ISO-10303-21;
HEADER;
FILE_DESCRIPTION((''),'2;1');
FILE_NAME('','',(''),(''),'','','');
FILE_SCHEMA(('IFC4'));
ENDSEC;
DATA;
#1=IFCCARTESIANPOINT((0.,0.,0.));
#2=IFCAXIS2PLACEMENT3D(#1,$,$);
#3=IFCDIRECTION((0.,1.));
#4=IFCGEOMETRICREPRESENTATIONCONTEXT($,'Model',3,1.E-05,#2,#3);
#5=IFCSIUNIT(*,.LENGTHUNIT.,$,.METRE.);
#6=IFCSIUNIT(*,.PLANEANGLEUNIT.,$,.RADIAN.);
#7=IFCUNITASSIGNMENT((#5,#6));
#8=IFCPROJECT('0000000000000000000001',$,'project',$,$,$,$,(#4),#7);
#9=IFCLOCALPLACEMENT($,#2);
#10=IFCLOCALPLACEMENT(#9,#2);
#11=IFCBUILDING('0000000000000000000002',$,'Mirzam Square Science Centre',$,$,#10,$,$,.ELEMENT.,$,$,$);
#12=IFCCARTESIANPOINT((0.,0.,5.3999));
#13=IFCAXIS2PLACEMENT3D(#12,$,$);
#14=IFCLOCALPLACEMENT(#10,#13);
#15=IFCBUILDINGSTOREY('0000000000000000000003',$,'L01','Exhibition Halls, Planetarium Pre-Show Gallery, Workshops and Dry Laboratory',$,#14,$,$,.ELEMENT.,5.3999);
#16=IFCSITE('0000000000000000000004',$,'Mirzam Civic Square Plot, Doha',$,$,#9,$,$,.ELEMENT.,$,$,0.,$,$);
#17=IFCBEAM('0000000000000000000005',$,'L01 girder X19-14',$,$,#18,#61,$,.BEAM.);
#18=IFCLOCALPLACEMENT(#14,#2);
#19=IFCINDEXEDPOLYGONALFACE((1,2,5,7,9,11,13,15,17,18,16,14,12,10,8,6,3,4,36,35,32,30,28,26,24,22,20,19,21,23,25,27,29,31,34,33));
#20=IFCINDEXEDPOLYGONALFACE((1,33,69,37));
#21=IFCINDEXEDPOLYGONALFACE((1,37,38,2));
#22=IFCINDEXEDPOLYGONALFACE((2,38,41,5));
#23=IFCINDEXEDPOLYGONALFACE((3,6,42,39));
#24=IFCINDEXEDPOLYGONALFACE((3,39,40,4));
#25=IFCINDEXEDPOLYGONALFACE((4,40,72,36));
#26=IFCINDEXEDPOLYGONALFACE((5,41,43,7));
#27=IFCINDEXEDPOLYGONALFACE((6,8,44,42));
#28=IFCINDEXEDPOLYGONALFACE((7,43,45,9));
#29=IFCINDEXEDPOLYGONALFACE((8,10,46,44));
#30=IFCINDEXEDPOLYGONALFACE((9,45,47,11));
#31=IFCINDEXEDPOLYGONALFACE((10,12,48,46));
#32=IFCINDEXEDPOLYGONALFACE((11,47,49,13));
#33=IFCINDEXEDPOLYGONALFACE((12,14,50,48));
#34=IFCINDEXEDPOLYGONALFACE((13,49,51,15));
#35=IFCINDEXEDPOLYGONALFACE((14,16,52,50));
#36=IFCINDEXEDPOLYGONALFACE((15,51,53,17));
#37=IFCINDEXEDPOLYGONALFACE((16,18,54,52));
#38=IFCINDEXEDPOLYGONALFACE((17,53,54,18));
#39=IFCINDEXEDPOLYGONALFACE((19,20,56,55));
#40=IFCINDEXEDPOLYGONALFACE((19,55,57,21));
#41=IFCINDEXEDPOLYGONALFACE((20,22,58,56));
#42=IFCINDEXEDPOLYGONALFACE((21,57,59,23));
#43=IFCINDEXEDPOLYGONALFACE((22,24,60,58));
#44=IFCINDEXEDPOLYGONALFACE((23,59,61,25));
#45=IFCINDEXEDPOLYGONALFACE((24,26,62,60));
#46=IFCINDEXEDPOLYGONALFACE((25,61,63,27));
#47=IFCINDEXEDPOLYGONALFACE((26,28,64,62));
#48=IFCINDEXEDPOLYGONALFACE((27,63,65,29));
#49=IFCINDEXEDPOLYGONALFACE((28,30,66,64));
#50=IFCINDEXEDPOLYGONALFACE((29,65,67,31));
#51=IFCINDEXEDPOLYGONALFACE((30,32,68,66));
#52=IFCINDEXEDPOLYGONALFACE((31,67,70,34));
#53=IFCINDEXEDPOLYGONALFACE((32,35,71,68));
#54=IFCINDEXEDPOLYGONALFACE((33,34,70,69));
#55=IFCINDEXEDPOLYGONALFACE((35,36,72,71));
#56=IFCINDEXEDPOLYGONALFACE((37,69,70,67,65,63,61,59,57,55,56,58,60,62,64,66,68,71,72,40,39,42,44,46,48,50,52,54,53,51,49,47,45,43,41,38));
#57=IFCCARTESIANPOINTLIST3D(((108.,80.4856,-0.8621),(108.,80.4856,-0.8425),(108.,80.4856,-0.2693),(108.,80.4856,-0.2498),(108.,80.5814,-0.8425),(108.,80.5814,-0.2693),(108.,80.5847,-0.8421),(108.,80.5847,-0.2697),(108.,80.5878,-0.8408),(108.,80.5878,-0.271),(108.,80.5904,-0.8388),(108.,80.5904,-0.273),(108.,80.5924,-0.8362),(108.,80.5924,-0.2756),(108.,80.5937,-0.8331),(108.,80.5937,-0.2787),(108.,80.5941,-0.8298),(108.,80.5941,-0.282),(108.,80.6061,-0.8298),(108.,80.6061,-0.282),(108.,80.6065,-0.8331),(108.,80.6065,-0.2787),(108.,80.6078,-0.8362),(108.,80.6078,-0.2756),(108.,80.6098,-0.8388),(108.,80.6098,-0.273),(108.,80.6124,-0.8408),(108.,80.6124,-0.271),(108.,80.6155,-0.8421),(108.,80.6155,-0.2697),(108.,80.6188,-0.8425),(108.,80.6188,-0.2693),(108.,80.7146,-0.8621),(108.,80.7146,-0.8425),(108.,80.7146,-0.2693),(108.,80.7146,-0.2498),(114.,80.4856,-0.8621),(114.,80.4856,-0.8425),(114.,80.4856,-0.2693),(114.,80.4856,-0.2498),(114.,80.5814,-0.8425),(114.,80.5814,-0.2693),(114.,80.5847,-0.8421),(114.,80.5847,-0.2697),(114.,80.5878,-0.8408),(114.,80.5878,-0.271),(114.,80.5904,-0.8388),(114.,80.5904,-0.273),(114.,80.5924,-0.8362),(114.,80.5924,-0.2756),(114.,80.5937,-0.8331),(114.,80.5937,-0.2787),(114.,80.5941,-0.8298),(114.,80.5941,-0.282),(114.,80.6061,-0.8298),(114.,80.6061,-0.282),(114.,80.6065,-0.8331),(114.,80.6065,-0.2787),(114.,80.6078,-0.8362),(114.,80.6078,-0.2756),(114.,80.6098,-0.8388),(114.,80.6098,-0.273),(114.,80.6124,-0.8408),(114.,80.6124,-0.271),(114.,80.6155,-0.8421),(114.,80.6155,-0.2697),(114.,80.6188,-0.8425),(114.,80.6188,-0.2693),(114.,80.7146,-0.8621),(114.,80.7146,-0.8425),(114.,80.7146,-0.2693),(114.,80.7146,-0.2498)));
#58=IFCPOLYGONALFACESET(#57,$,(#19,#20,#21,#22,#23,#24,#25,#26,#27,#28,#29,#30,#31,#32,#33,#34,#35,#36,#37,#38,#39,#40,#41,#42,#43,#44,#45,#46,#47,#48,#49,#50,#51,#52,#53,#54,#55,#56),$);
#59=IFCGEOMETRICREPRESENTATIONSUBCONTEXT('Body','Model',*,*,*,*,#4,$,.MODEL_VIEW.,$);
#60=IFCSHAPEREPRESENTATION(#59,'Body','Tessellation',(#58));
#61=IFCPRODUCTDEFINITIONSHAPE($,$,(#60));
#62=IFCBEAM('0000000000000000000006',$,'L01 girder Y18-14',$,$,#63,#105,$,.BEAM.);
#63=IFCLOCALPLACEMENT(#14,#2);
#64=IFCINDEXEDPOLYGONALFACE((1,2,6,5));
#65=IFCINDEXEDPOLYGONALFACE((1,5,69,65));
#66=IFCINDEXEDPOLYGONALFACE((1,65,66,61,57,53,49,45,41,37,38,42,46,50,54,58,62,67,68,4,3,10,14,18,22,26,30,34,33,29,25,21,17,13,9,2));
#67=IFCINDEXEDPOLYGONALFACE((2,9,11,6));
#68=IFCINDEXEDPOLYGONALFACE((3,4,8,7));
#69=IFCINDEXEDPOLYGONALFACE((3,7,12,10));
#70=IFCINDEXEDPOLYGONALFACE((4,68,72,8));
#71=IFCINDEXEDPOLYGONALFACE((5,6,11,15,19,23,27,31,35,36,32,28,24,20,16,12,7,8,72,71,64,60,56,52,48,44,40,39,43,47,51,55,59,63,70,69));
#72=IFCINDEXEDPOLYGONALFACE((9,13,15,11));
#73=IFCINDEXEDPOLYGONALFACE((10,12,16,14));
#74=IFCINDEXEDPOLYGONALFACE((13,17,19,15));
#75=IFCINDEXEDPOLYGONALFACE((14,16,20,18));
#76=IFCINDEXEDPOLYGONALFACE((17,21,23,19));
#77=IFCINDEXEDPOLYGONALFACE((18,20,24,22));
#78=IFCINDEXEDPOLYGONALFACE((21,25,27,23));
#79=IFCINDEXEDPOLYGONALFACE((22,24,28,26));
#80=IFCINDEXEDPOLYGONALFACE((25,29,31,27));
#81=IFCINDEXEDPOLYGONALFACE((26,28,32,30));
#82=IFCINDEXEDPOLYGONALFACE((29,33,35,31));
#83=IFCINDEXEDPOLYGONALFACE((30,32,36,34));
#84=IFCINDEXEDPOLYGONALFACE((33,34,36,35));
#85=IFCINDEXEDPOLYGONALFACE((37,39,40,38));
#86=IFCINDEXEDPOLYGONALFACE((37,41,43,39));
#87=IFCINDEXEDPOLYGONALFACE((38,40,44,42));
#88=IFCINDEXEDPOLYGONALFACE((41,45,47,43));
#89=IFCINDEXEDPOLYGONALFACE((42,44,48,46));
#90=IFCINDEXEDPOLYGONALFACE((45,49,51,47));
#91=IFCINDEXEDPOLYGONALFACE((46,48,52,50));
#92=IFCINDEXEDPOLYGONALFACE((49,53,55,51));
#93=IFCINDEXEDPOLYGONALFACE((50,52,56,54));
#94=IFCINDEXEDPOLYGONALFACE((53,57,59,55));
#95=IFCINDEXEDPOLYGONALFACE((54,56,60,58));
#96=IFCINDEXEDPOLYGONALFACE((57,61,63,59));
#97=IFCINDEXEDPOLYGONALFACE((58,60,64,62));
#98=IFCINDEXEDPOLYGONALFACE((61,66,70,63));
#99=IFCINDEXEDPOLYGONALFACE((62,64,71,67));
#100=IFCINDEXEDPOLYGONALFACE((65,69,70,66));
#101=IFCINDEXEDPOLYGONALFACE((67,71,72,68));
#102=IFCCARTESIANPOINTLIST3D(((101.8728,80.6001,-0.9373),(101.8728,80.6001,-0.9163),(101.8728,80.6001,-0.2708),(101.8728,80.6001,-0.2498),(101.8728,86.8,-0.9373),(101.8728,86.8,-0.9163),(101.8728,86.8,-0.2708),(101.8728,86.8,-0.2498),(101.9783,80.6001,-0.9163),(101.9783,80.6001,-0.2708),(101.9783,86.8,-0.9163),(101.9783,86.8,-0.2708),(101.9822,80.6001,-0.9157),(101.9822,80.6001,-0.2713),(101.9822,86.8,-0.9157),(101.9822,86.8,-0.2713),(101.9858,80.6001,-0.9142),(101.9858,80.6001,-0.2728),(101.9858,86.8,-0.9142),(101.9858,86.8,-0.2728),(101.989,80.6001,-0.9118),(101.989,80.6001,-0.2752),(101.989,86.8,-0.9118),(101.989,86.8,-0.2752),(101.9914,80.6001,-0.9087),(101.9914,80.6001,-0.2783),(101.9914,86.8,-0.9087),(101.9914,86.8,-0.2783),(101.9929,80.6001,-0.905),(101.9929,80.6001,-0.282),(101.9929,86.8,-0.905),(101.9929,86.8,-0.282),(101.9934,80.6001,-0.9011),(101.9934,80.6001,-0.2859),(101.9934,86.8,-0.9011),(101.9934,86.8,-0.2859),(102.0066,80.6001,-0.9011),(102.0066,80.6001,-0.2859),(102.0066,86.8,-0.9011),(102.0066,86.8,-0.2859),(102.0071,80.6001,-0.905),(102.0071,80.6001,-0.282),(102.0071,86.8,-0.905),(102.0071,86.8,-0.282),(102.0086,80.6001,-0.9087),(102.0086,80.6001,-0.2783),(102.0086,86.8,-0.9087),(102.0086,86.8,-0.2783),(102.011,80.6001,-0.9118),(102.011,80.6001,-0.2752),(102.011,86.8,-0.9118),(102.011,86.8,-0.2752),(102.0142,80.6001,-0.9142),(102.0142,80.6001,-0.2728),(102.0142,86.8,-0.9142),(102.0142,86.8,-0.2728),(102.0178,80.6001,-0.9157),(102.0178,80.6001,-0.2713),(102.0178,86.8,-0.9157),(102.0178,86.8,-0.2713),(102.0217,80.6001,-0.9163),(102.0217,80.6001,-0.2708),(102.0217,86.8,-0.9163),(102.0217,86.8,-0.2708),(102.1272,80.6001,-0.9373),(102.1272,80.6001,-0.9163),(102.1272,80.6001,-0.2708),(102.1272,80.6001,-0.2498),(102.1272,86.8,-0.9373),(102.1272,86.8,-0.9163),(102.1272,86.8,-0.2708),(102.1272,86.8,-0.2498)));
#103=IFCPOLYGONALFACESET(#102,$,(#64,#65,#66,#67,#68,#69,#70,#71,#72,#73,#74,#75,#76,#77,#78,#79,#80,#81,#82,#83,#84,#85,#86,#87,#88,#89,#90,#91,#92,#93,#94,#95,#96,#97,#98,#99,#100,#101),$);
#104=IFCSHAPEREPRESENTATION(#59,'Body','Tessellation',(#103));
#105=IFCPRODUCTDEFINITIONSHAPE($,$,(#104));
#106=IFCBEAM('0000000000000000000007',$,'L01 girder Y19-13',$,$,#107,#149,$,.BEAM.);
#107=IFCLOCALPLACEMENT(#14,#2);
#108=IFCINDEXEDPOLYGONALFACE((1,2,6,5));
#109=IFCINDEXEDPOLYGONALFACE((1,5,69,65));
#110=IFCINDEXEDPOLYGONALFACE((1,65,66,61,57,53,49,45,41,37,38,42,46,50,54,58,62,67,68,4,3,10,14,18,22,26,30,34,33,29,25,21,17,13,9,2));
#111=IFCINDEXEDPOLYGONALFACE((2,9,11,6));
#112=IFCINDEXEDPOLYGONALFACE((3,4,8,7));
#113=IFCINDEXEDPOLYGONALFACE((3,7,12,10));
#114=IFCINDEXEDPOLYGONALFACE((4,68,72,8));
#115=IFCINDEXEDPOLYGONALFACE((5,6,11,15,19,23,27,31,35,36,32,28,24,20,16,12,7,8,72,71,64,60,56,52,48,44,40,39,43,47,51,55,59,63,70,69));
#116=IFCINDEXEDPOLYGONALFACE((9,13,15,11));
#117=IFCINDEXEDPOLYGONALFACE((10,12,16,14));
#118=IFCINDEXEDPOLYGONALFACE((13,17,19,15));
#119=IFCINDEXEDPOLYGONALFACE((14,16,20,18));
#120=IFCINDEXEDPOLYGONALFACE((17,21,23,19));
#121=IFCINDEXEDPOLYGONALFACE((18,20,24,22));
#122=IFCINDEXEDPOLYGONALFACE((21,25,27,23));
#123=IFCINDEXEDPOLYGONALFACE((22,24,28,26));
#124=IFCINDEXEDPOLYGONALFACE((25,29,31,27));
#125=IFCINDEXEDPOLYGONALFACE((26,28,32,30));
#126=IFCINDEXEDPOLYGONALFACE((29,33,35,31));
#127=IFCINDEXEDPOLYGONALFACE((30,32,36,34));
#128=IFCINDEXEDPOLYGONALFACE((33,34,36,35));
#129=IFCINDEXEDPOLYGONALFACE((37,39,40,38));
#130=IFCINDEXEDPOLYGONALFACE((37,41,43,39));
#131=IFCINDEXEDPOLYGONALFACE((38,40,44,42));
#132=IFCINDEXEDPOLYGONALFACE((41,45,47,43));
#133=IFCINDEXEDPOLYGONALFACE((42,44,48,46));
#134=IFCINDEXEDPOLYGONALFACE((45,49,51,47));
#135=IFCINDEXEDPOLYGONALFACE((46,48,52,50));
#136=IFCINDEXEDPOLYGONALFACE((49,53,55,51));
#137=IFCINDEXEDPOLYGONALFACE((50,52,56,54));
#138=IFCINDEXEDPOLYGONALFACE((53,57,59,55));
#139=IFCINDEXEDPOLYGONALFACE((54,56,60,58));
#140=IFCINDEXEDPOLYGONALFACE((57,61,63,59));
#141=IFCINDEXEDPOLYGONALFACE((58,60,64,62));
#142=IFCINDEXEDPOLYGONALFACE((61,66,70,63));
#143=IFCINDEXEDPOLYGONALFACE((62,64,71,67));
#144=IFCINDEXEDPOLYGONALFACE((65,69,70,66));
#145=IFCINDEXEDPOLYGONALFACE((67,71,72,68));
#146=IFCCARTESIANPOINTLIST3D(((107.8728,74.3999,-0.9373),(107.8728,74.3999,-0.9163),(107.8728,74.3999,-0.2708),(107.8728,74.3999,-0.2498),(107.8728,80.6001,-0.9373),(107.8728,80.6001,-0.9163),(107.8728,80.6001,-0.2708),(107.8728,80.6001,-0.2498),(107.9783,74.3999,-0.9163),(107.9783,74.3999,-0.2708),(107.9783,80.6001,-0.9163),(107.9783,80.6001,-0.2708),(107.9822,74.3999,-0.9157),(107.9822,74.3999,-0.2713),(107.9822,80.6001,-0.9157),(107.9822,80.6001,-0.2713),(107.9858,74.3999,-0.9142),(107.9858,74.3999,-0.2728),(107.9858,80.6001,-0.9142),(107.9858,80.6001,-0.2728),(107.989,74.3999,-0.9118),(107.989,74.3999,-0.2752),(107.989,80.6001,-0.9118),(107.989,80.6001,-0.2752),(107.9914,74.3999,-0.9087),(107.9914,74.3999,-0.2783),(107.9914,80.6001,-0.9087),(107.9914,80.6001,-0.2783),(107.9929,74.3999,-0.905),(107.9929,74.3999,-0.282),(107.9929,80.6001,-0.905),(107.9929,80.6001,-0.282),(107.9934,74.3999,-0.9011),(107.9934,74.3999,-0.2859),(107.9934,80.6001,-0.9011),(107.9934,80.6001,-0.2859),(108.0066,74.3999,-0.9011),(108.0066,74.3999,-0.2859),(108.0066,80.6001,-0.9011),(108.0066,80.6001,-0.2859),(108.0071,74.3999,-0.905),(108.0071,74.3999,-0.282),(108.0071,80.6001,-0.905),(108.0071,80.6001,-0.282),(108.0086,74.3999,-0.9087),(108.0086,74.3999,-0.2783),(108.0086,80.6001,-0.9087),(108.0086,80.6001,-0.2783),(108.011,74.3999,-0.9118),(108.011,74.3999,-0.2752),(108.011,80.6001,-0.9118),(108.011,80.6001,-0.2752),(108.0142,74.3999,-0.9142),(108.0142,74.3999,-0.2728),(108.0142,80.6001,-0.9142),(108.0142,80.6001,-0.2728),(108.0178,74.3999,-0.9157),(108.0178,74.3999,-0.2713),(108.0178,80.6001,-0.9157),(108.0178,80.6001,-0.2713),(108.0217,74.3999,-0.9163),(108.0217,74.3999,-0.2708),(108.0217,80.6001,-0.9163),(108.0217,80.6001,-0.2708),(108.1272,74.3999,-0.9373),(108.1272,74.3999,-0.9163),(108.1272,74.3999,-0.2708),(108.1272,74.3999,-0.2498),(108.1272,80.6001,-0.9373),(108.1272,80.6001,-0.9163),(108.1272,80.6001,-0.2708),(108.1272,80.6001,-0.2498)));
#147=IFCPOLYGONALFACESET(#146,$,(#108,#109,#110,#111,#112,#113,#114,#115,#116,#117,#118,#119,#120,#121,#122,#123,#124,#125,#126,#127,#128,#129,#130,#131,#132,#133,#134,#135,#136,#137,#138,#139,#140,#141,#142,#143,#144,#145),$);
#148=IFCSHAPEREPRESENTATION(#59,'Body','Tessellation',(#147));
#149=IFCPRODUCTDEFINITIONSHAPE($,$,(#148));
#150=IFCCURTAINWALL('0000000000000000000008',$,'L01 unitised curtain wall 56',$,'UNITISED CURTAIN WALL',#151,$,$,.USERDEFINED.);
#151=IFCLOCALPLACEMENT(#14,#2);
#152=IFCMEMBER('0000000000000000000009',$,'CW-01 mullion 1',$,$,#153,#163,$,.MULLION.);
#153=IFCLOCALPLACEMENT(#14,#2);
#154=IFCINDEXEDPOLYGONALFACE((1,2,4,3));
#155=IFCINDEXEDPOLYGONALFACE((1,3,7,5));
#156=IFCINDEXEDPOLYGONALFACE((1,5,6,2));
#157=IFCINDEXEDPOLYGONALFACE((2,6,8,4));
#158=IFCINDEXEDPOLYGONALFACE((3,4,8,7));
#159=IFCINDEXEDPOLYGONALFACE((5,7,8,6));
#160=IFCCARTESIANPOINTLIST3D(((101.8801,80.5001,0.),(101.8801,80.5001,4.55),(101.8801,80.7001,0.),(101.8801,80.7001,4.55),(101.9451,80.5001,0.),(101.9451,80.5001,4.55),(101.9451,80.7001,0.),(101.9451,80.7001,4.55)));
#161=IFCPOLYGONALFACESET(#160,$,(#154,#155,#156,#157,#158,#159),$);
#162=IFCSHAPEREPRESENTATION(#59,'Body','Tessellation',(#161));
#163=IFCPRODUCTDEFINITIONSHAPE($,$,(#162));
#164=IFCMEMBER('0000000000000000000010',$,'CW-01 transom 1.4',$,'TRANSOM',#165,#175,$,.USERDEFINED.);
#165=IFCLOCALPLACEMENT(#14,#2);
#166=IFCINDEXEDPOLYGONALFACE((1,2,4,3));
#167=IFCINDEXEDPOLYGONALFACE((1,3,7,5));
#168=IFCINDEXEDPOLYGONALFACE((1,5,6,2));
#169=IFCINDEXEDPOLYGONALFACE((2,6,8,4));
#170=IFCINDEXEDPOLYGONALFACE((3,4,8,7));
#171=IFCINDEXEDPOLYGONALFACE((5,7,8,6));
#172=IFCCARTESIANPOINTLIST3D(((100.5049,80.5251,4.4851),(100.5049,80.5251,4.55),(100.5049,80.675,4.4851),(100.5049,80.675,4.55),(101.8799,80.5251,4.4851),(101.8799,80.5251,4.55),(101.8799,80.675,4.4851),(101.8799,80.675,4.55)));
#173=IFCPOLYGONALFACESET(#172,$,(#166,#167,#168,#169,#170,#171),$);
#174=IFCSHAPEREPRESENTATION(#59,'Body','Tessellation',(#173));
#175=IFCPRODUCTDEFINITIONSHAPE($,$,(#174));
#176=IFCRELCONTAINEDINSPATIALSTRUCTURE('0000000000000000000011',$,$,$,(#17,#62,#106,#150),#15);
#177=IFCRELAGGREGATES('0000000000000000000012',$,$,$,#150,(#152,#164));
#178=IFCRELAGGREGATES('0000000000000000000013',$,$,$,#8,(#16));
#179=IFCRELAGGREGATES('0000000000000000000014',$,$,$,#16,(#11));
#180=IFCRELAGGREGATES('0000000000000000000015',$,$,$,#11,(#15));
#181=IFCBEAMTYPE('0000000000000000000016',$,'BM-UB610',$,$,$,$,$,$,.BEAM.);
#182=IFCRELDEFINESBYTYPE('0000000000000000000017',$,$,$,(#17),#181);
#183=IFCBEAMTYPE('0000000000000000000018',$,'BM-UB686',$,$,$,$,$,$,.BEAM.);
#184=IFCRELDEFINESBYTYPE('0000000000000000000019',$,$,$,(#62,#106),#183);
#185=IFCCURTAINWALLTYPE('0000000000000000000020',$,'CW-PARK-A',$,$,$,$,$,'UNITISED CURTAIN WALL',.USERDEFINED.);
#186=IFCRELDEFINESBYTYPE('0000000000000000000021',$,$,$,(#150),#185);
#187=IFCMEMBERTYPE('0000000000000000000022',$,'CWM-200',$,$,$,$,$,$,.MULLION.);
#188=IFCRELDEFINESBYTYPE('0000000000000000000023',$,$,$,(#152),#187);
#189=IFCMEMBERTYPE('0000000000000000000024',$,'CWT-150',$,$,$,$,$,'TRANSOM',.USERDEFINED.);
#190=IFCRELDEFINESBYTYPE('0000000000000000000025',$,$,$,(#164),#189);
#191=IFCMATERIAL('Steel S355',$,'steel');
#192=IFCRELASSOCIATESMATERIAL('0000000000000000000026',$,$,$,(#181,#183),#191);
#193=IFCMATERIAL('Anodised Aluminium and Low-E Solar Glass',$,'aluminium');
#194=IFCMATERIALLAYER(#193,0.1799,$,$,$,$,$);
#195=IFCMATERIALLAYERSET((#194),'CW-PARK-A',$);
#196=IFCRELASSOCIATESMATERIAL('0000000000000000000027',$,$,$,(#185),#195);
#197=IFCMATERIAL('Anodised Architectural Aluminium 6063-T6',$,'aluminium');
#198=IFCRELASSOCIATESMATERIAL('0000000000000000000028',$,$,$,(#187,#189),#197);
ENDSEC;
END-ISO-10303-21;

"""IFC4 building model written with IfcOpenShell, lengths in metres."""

from ifc_helpers import new_model, si_unit, direction, frame, origin, origin_2d, place, context, subcontext, project, spatial, rectangle, i_section, extrude, material, layer, layer_set, material_profile, profile_set, type_object, element, aggregate, save


model = new_model("IFC4")

# Units and contexts
model_context = context("Model", 3, precision=1e-05, world=origin(), true_north=direction((0.0, 1.0)))
body_context = subcontext(model_context, "Body", "Model", "MODEL_VIEW")
ifc_project = project(units=[si_unit("LENGTHUNIT", "METRE"), si_unit("PLANEANGLEUNIT", "RADIAN")], contexts=[model_context])

# Site, building, storey
site_placement = place(None, origin())
site = spatial("IfcSite", under=ifc_project, at=site_placement, Name="Mirzam Civic Square Plot, Doha", CompositionType="ELEMENT", RefElevation=0.0)
building_placement = place(site_placement, origin())
building = spatial("IfcBuilding", under=site, at=building_placement, Name="Mirzam Square Science Centre", CompositionType="ELEMENT")
storey_placement = place(building_placement, frame((0.0, 0.0, 5.3999)))
storey = spatial("IfcBuildingStorey", under=building, at=storey_placement, Name="L01", Description="Exhibition Halls, Planetarium Pre-Show Gallery, Workshops and Dry Laboratory", CompositionType="ELEMENT", Elevation=5.3999)

# Shared definitions
ifc_material_1 = material(Name="Steel S355", Category="steel")

# Beams
ifc_material_profile_1 = material_profile(ifc_material_1, i_section(OverallWidth=0.229, OverallDepth=0.6123, WebThickness=0.012, FlangeThickness=0.0195, FilletRadius=0.0127, at=origin_2d()), Name="610x229x125UB")
ifc_profile_set_1 = profile_set([ifc_material_profile_1], Name="Steel S355")
beam_type_1 = type_object("IfcBeamType", Name="BM-UB610", PredefinedType="BEAM", material=ifc_profile_set_1)
beam_1_placement = place(storey_placement, frame((108.0, 80.6001, -0.5559), z_axis=(1.0, 0.0, 0.0), x_axis=(0.0, 1.0, 0.0)))
element("IfcBeam", 1, at=beam_1_placement, inside=storey, type_object=beam_type_1, Name="L01 girder X19-14", PredefinedType="BEAM", context=body_context, shape_type="SweptSolid", body=[
    extrude(i_section(OverallWidth=0.229, OverallDepth=0.6123, WebThickness=0.012, FlangeThickness=0.0195, FilletRadius=0.0127, at=origin_2d()), origin(), (0.0, 0.0, 1.0), 6.0),
])
ifc_material_profile_2 = material_profile(ifc_material_1, i_section(OverallWidth=0.2544, OverallDepth=0.6875, WebThickness=0.0132, FlangeThickness=0.021, FilletRadius=0.0151, at=origin_2d()), Name="686x254x152UB")
ifc_profile_set_2 = profile_set([ifc_material_profile_2], Name="Steel S355")
beam_type_2 = type_object("IfcBeamType", Name="BM-UB686", PredefinedType="BEAM", material=ifc_profile_set_2)
beam_2_placement = place(storey_placement, frame((102.0, 80.6001, -0.5935), z_axis=(0.0, 1.0, 0.0), x_axis=(-1.0, 0.0, 0.0)))
element("IfcBeam", 2, at=beam_2_placement, inside=storey, type_object=beam_type_2, Name="L01 girder Y18-14", PredefinedType="BEAM", context=body_context, shape_type="SweptSolid", body=[
    extrude(i_section(OverallWidth=0.2544, OverallDepth=0.6875, WebThickness=0.0132, FlangeThickness=0.021, FilletRadius=0.0151, at=origin_2d()), origin(), (0.0, 0.0, 1.0), 6.2),
])
beam_3_placement = place(storey_placement, frame((108.0, 74.3999, -0.5935), z_axis=(0.0, 1.0, 0.0), x_axis=(-1.0, 0.0, 0.0)))
element("IfcBeam", 3, at=beam_3_placement, inside=storey, type_object=beam_type_2, Name="L01 girder Y19-13", PredefinedType="BEAM", context=body_context, shape_type="SweptSolid", body=[
    extrude(i_section(OverallWidth=0.2544, OverallDepth=0.6875, WebThickness=0.0132, FlangeThickness=0.021, FilletRadius=0.0151, at=origin_2d()), origin(), (0.0, 0.0, 1.0), 6.2002),
])

# Curtain wall, members
ifc_material_2 = material(Name="Anodised Aluminium and Low-E Solar Glass", Category="aluminium")
ifc_layer_1 = layer(ifc_material_2, 0.1799)
ifc_layer_set_1 = layer_set([ifc_layer_1], Name="CW-PARK-A")
curtain_wall_type = type_object("IfcCurtainWallType", Name="CW-PARK-A", ElementType="UNITISED CURTAIN WALL", PredefinedType="USERDEFINED", material=ifc_layer_set_1)
curtain_wall_placement = place(storey_placement, origin())
curtain_wall = element("IfcCurtainWall", 4, at=curtain_wall_placement, inside=storey, type_object=curtain_wall_type, Name="L01 unitised curtain wall 56", ObjectType="UNITISED CURTAIN WALL", PredefinedType="USERDEFINED")
ifc_material_3 = material(Name="Anodised Architectural Aluminium 6063-T6", Category="aluminium")
ifc_material_profile_3 = material_profile(ifc_material_3, rectangle(XDim=0.0649, YDim=0.2, at=origin_2d()), Name="ALU-MULL-200x65x5")
ifc_profile_set_3 = profile_set([ifc_material_profile_3], Name="Anodised Architectural Aluminium 6063-T6")
member_type_1 = type_object("IfcMemberType", Name="CWM-200", PredefinedType="MULLION", material=ifc_profile_set_3)
member_1_placement = place(storey_placement, frame((101.9126, 80.6001, 0.0), z_axis=(0.0, 0.0, 1.0), x_axis=(-1.0, 0.0, 0.0)))
member_1 = element("IfcMember", 5, at=member_1_placement, type_object=member_type_1, Name="CW-01 mullion 1", PredefinedType="MULLION", context=body_context, shape_type="SweptSolid", body=[
    extrude(rectangle(XDim=0.0649, YDim=0.2, at=origin_2d()), origin(), (0.0, 0.0, 1.0), 4.55),
])
ifc_material_profile_4 = material_profile(ifc_material_3, rectangle(XDim=0.1499, YDim=0.0649, at=origin_2d()), Name="ALU-TRAN-150x65x4")
ifc_profile_set_4 = profile_set([ifc_material_profile_4], Name="Anodised Architectural Aluminium 6063-T6")
member_type_2 = type_object("IfcMemberType", Name="CWT-150", ElementType="TRANSOM", PredefinedType="USERDEFINED", material=ifc_profile_set_4)
member_2_placement = place(storey_placement, frame((101.8799, 80.6001, 4.5176), z_axis=(-1.0, 0.0, 0.0), x_axis=(0.0, -1.0, 0.0)))
member_2 = element("IfcMember", 6, at=member_2_placement, type_object=member_type_2, Name="CW-01 transom 1.4", ObjectType="TRANSOM", PredefinedType="USERDEFINED", context=body_context, shape_type="SweptSolid", body=[
    extrude(rectangle(XDim=0.1499, YDim=0.0649, at=origin_2d()), origin(), (0.0, 0.0, 1.0), 1.375),
])
aggregate(curtain_wall, [member_1, member_2])

save(model, "model.ifc")
